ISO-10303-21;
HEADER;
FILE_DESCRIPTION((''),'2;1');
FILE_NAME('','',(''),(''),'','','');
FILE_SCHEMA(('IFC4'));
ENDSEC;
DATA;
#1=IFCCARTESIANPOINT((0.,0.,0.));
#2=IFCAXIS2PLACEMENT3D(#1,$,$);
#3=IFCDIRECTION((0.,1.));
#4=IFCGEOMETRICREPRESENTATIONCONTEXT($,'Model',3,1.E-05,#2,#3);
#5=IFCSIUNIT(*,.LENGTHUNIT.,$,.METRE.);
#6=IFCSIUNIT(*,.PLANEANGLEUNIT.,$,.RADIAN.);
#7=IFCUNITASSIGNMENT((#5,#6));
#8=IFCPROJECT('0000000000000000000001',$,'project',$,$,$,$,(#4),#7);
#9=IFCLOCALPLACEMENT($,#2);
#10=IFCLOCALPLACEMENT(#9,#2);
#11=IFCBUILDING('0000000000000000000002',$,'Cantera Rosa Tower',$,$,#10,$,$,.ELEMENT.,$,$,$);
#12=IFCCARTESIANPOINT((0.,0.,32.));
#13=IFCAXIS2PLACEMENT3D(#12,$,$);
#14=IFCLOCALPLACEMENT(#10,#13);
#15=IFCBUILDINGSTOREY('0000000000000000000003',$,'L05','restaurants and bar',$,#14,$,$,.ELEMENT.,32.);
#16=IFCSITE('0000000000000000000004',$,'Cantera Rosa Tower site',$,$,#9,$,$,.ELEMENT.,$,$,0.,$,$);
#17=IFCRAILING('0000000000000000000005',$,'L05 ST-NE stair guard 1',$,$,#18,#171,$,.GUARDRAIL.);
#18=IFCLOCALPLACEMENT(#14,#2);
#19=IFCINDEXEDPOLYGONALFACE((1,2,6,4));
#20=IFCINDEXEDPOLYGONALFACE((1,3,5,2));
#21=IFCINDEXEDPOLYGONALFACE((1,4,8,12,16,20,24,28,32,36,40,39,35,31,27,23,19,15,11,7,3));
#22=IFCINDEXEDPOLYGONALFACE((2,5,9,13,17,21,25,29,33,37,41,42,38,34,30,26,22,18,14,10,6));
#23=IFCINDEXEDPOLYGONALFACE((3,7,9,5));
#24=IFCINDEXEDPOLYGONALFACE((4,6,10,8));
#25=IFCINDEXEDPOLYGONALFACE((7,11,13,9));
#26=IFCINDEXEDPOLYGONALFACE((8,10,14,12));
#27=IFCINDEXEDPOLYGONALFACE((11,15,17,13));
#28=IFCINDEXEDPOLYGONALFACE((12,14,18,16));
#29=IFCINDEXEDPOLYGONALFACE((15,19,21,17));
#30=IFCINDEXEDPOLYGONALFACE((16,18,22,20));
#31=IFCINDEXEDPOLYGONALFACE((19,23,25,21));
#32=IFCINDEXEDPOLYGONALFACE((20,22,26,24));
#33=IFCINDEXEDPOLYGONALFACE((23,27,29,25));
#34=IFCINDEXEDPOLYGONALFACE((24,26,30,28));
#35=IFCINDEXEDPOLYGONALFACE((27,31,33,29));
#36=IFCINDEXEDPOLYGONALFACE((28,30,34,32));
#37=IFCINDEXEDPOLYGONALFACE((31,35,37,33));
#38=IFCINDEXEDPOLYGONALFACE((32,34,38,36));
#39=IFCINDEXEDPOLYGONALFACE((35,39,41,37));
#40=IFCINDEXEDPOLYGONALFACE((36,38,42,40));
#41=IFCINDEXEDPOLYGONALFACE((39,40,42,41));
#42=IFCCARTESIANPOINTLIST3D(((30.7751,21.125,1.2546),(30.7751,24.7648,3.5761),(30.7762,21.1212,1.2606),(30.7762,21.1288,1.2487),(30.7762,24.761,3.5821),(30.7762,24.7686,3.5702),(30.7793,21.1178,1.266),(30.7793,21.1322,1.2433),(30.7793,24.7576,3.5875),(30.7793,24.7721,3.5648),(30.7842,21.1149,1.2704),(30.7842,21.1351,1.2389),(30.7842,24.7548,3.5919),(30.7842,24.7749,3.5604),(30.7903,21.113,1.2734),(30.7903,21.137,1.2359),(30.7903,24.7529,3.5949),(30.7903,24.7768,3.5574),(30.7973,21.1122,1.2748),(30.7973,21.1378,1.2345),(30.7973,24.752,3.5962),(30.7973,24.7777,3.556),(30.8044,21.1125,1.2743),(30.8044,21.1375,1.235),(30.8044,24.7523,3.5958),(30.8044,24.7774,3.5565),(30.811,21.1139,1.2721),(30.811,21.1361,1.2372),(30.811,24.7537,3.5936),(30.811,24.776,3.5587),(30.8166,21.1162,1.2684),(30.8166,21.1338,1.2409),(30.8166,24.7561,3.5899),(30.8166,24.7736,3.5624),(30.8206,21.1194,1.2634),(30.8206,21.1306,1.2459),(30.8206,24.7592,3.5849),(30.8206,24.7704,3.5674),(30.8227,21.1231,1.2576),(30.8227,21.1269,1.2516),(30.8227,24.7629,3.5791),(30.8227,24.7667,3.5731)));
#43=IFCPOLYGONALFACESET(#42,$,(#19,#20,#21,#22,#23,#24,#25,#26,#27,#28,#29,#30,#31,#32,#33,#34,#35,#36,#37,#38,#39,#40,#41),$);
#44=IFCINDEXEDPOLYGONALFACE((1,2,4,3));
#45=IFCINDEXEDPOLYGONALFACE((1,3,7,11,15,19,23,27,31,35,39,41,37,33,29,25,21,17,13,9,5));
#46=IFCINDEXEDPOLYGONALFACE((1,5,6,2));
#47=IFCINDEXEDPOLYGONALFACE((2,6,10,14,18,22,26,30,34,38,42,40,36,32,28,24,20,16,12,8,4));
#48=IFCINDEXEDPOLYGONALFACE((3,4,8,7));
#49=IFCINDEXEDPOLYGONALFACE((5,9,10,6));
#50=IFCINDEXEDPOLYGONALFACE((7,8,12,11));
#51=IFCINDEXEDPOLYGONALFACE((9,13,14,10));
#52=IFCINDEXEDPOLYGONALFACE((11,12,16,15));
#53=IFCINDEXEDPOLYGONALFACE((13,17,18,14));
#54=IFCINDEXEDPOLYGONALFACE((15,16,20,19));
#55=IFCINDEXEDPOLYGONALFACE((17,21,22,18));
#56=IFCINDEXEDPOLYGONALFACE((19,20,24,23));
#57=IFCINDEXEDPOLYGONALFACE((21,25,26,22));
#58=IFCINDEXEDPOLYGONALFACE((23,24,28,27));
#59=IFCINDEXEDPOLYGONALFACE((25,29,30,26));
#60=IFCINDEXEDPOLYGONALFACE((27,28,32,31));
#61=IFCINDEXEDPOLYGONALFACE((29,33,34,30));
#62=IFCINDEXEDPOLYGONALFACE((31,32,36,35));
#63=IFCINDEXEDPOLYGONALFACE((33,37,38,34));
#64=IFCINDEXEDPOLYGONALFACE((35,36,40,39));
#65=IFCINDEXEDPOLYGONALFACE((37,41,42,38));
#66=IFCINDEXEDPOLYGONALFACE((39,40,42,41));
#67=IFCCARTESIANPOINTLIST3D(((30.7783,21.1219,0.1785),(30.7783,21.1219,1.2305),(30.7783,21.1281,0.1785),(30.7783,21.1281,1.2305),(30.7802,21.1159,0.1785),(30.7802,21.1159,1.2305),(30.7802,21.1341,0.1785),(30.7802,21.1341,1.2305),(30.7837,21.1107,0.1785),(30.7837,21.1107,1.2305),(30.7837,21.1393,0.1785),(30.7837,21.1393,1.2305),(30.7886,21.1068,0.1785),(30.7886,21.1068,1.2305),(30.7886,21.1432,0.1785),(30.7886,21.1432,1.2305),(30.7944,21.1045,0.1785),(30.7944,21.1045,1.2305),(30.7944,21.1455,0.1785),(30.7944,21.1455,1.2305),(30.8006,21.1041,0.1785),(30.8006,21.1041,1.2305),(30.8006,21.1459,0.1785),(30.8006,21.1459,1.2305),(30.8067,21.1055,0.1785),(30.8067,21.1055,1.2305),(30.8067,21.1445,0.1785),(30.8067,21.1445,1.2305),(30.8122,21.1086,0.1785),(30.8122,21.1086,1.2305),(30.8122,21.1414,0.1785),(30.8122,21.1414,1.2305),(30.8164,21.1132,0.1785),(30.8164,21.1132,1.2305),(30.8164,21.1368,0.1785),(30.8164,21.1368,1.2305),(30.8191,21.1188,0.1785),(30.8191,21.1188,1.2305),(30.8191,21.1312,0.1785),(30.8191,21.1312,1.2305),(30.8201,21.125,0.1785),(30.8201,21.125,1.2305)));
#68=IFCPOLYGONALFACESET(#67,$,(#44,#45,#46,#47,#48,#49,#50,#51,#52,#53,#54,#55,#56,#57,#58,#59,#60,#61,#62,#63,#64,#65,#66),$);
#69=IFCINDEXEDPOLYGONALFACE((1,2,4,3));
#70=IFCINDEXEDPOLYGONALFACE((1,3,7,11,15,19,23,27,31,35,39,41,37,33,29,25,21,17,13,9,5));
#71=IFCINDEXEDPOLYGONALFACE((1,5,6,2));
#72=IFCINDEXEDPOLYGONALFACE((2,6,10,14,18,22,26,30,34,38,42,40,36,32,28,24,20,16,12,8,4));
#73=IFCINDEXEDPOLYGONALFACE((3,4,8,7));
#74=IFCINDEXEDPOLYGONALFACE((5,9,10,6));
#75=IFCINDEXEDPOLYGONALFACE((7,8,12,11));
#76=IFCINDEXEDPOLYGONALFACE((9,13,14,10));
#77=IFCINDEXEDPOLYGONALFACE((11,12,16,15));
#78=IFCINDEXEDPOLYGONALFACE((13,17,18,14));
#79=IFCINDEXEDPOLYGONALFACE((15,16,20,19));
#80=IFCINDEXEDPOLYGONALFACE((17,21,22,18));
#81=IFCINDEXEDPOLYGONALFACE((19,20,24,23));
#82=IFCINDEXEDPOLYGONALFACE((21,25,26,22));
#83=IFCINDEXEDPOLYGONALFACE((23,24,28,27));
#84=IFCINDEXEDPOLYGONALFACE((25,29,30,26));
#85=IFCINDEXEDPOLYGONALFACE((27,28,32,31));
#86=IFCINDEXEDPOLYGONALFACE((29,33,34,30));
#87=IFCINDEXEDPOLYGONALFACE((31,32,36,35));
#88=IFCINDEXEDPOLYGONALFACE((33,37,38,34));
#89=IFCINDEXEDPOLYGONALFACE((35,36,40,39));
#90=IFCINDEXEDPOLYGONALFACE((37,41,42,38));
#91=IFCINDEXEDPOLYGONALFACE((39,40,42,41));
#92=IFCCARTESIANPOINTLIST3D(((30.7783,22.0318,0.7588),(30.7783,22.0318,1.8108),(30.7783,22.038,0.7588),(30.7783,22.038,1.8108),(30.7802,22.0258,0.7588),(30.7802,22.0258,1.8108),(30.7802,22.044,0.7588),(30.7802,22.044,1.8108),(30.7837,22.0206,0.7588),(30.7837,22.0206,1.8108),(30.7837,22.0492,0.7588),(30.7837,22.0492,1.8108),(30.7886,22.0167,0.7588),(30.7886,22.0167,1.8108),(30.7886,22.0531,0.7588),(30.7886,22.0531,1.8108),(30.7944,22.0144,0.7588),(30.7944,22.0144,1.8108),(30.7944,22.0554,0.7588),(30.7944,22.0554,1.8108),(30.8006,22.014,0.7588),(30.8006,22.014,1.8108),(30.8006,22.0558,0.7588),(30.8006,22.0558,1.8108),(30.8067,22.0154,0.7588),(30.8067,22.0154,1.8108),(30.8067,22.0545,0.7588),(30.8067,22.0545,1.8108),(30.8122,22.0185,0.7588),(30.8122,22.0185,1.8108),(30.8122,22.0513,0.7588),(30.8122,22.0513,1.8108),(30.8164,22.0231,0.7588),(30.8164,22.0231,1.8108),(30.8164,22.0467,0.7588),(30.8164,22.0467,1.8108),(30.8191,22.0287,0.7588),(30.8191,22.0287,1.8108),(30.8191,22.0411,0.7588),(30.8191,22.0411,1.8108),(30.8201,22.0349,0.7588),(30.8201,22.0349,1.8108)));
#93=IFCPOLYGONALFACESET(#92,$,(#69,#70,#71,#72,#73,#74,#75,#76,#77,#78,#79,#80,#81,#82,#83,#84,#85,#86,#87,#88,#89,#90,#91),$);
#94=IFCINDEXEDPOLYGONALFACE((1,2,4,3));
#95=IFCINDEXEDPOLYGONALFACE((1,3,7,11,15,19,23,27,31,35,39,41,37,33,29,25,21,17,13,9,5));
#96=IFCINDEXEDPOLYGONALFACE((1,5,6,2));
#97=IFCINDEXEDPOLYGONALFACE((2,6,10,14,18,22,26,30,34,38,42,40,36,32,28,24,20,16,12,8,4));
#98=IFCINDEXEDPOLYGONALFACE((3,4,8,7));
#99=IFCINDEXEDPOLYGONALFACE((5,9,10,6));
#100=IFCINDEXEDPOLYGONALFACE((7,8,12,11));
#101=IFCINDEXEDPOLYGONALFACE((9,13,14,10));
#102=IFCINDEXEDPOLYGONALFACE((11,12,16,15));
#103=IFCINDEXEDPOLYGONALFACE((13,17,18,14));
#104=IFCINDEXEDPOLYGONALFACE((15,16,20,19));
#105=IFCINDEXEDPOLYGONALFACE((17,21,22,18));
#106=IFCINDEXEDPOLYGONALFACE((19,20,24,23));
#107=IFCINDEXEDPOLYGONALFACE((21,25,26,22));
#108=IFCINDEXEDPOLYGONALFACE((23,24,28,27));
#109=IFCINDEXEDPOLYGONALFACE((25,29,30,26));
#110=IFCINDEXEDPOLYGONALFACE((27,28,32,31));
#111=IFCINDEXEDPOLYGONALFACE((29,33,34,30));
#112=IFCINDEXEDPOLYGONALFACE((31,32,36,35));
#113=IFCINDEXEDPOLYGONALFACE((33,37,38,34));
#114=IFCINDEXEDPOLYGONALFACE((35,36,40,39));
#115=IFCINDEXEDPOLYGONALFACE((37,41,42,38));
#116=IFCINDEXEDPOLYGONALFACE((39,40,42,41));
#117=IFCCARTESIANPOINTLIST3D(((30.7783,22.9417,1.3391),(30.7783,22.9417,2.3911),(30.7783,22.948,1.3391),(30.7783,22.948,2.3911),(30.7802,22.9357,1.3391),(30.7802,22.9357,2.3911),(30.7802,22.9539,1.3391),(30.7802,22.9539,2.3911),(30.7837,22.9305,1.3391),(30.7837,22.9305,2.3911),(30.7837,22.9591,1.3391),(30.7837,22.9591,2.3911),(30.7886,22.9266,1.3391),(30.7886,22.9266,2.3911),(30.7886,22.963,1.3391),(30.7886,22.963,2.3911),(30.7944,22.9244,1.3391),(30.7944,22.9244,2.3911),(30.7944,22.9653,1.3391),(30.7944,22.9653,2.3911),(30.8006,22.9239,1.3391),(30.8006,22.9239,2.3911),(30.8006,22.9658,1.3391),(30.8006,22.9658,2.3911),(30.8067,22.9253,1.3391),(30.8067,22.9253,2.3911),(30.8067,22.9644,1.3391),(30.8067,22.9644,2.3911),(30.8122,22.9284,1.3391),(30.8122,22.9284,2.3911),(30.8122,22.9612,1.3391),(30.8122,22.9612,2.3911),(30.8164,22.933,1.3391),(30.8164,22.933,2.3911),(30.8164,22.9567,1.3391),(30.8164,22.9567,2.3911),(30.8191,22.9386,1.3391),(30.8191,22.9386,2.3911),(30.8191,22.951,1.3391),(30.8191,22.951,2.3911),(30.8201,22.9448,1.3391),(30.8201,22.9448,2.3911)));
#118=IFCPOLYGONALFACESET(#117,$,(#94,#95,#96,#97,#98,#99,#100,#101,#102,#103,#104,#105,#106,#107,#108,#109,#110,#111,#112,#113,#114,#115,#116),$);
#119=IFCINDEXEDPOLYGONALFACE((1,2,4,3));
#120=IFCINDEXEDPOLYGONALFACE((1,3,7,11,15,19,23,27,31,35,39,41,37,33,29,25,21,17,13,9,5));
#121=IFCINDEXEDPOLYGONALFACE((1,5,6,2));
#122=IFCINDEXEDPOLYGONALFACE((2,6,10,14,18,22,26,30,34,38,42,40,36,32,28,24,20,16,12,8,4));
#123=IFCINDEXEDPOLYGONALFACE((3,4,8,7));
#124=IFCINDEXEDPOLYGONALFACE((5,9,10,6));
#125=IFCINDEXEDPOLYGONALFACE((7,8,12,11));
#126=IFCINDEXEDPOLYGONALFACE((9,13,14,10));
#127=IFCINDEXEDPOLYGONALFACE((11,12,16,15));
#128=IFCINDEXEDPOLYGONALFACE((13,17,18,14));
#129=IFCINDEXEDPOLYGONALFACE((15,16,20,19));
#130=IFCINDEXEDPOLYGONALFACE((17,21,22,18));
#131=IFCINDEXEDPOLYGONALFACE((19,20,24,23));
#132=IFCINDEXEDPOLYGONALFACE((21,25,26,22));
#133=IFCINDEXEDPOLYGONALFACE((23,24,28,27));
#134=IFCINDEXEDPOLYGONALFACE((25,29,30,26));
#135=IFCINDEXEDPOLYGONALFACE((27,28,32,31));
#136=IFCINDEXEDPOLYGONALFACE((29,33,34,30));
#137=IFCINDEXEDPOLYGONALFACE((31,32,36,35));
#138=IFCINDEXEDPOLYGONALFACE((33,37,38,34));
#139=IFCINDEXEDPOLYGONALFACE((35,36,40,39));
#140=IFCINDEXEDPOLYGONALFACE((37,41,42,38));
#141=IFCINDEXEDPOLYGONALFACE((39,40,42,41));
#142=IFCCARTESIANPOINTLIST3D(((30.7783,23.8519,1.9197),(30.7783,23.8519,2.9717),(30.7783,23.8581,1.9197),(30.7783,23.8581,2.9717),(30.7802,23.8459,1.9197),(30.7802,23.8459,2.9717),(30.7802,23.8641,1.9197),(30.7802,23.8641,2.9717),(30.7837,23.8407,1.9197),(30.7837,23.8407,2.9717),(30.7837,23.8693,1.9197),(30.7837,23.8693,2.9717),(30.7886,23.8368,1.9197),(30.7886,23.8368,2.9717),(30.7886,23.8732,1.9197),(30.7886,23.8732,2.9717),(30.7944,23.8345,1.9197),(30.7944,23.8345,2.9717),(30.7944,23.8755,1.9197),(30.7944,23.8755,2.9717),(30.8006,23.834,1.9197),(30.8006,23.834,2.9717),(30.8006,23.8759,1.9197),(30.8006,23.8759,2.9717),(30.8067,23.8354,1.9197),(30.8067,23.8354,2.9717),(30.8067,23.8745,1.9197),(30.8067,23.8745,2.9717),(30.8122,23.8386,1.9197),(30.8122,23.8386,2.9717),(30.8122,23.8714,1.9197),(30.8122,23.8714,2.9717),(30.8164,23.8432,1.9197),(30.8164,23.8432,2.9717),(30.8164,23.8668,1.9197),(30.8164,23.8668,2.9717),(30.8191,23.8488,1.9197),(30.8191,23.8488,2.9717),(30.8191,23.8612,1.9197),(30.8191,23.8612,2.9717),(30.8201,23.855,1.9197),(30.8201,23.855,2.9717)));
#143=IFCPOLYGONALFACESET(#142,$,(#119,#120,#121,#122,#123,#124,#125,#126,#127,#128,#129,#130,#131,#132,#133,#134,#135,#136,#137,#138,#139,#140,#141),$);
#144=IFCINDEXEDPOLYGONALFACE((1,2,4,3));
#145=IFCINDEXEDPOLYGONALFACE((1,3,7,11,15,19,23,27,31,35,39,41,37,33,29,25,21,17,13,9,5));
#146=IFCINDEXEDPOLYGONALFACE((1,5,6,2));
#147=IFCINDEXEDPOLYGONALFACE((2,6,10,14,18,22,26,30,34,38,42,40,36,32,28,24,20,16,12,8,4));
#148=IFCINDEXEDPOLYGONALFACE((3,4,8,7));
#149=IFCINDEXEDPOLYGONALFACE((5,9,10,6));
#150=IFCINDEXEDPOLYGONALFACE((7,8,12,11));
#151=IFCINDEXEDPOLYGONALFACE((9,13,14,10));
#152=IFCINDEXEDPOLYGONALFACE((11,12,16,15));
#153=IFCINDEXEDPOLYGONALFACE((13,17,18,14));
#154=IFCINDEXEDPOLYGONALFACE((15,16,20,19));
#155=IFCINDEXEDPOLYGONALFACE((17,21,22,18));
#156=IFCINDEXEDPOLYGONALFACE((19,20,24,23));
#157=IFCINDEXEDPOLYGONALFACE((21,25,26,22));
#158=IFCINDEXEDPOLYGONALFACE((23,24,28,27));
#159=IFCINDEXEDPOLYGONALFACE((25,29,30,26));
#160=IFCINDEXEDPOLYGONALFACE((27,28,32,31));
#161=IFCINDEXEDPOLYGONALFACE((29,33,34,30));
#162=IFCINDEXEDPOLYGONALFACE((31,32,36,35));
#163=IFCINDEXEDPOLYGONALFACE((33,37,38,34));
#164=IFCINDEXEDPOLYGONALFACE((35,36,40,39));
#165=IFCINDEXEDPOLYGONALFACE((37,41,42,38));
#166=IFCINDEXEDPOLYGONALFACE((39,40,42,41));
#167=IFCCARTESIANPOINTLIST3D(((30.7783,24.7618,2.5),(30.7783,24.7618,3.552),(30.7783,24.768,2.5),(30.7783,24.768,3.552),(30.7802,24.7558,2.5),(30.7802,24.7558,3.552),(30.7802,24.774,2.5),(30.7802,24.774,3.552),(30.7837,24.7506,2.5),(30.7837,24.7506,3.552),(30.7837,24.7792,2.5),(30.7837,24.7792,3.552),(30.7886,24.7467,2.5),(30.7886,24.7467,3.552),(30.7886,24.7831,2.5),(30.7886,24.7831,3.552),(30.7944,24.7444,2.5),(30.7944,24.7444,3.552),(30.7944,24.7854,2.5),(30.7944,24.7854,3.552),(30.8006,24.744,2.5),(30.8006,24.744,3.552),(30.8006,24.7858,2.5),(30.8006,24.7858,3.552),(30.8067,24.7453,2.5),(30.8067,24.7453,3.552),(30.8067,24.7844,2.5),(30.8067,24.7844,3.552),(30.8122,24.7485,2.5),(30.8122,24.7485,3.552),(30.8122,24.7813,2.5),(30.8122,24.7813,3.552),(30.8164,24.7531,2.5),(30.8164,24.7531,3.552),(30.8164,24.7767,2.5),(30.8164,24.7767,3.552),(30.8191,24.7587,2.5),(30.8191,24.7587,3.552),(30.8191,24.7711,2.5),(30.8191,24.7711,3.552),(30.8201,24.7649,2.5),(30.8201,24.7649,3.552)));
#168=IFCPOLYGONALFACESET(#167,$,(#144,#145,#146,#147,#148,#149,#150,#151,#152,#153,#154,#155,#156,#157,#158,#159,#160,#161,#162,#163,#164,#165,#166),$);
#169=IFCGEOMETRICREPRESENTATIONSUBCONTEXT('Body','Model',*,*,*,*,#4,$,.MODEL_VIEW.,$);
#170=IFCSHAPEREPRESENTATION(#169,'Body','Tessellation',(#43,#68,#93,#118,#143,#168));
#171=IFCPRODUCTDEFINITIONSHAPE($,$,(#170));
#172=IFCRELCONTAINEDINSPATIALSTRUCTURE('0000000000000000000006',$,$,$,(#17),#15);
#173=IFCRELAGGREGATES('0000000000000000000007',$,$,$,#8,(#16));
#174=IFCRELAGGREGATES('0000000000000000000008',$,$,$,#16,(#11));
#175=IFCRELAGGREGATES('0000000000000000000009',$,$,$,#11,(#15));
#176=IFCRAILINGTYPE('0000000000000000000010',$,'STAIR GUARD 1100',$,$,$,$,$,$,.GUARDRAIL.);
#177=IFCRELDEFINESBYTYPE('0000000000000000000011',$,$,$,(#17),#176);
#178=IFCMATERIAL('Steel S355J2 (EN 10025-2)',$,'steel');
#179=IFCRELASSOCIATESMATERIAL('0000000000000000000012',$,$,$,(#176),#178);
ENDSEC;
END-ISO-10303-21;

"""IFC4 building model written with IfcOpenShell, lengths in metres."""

from ifc_helpers import new_model, si_unit, direction, frame, origin, origin_2d, place, context, subcontext, project, spatial, circle, extrude, material, type_object, element, save


model = new_model("IFC4")

# Units and contexts
model_context = context("Model", 3, precision=1e-05, world=origin(), true_north=direction((0.0, 1.0)))
body_context = subcontext(model_context, "Body", "Model", "MODEL_VIEW")
ifc_project = project(units=[si_unit("LENGTHUNIT", "METRE"), si_unit("PLANEANGLEUNIT", "RADIAN")], contexts=[model_context])

# Site, building, storey
site_placement = place(None, origin())
site = spatial("IfcSite", under=ifc_project, at=site_placement, Name="Cantera Rosa Tower site", CompositionType="ELEMENT", RefElevation=0.0)
building_placement = place(site_placement, origin())
building = spatial("IfcBuilding", under=site, at=building_placement, Name="Cantera Rosa Tower", CompositionType="ELEMENT")
storey_placement = place(building_placement, frame((0.0, 0.0, 32.0)))
storey = spatial("IfcBuildingStorey", under=building, at=storey_placement, Name="L05", Description="restaurants and bar", CompositionType="ELEMENT", Elevation=32.0)

# Railing
ifc_material_1 = material(Name="Steel S355J2 (EN 10025-2)", Category="steel")
railing_type_1 = type_object("IfcRailingType", Name="STAIR GUARD 1100", PredefinedType="GUARDRAIL", material=ifc_material_1)
railing_1_placement = place(storey_placement, frame((30.7991, 21.125, 0.1785)))
element("IfcRailing", 1, at=railing_1_placement, inside=storey, type_object=railing_type_1, Name="L05 ST-NE stair guard 1", PredefinedType="GUARDRAIL", context=body_context, shape_type="SweptSolid", body=[
    extrude(circle(Radius=0.0239, at=origin_2d()), frame((0.0, 0.0, 1.0762), z_axis=(0.0, 0.843112, 0.537739), x_axis=(-1.0, 0.0, 0.0)), (0.0, 0.0, 1.0), 4.3171),
    extrude(circle(Radius=0.021, at=origin_2d()), origin(), (0.0, 0.0, 1.0), 1.052),
    extrude(circle(Radius=0.021, at=origin_2d()), frame((0.0, 0.9099, 0.5803)), (0.0, 0.0, 1.0), 1.052),
    extrude(circle(Radius=0.021, at=origin_2d()), frame((0.0, 1.8198, 1.1606)), (0.0, 0.0, 1.0), 1.052),
    extrude(circle(Radius=0.021, at=origin_2d()), frame((0.0, 2.73, 1.7412)), (0.0, 0.0, 1.0), 1.052),
    extrude(circle(Radius=0.021, at=origin_2d()), frame((0.0, 3.6399, 2.3215)), (0.0, 0.0, 1.0), 1.052),
])

save(model, "model.ifc")
